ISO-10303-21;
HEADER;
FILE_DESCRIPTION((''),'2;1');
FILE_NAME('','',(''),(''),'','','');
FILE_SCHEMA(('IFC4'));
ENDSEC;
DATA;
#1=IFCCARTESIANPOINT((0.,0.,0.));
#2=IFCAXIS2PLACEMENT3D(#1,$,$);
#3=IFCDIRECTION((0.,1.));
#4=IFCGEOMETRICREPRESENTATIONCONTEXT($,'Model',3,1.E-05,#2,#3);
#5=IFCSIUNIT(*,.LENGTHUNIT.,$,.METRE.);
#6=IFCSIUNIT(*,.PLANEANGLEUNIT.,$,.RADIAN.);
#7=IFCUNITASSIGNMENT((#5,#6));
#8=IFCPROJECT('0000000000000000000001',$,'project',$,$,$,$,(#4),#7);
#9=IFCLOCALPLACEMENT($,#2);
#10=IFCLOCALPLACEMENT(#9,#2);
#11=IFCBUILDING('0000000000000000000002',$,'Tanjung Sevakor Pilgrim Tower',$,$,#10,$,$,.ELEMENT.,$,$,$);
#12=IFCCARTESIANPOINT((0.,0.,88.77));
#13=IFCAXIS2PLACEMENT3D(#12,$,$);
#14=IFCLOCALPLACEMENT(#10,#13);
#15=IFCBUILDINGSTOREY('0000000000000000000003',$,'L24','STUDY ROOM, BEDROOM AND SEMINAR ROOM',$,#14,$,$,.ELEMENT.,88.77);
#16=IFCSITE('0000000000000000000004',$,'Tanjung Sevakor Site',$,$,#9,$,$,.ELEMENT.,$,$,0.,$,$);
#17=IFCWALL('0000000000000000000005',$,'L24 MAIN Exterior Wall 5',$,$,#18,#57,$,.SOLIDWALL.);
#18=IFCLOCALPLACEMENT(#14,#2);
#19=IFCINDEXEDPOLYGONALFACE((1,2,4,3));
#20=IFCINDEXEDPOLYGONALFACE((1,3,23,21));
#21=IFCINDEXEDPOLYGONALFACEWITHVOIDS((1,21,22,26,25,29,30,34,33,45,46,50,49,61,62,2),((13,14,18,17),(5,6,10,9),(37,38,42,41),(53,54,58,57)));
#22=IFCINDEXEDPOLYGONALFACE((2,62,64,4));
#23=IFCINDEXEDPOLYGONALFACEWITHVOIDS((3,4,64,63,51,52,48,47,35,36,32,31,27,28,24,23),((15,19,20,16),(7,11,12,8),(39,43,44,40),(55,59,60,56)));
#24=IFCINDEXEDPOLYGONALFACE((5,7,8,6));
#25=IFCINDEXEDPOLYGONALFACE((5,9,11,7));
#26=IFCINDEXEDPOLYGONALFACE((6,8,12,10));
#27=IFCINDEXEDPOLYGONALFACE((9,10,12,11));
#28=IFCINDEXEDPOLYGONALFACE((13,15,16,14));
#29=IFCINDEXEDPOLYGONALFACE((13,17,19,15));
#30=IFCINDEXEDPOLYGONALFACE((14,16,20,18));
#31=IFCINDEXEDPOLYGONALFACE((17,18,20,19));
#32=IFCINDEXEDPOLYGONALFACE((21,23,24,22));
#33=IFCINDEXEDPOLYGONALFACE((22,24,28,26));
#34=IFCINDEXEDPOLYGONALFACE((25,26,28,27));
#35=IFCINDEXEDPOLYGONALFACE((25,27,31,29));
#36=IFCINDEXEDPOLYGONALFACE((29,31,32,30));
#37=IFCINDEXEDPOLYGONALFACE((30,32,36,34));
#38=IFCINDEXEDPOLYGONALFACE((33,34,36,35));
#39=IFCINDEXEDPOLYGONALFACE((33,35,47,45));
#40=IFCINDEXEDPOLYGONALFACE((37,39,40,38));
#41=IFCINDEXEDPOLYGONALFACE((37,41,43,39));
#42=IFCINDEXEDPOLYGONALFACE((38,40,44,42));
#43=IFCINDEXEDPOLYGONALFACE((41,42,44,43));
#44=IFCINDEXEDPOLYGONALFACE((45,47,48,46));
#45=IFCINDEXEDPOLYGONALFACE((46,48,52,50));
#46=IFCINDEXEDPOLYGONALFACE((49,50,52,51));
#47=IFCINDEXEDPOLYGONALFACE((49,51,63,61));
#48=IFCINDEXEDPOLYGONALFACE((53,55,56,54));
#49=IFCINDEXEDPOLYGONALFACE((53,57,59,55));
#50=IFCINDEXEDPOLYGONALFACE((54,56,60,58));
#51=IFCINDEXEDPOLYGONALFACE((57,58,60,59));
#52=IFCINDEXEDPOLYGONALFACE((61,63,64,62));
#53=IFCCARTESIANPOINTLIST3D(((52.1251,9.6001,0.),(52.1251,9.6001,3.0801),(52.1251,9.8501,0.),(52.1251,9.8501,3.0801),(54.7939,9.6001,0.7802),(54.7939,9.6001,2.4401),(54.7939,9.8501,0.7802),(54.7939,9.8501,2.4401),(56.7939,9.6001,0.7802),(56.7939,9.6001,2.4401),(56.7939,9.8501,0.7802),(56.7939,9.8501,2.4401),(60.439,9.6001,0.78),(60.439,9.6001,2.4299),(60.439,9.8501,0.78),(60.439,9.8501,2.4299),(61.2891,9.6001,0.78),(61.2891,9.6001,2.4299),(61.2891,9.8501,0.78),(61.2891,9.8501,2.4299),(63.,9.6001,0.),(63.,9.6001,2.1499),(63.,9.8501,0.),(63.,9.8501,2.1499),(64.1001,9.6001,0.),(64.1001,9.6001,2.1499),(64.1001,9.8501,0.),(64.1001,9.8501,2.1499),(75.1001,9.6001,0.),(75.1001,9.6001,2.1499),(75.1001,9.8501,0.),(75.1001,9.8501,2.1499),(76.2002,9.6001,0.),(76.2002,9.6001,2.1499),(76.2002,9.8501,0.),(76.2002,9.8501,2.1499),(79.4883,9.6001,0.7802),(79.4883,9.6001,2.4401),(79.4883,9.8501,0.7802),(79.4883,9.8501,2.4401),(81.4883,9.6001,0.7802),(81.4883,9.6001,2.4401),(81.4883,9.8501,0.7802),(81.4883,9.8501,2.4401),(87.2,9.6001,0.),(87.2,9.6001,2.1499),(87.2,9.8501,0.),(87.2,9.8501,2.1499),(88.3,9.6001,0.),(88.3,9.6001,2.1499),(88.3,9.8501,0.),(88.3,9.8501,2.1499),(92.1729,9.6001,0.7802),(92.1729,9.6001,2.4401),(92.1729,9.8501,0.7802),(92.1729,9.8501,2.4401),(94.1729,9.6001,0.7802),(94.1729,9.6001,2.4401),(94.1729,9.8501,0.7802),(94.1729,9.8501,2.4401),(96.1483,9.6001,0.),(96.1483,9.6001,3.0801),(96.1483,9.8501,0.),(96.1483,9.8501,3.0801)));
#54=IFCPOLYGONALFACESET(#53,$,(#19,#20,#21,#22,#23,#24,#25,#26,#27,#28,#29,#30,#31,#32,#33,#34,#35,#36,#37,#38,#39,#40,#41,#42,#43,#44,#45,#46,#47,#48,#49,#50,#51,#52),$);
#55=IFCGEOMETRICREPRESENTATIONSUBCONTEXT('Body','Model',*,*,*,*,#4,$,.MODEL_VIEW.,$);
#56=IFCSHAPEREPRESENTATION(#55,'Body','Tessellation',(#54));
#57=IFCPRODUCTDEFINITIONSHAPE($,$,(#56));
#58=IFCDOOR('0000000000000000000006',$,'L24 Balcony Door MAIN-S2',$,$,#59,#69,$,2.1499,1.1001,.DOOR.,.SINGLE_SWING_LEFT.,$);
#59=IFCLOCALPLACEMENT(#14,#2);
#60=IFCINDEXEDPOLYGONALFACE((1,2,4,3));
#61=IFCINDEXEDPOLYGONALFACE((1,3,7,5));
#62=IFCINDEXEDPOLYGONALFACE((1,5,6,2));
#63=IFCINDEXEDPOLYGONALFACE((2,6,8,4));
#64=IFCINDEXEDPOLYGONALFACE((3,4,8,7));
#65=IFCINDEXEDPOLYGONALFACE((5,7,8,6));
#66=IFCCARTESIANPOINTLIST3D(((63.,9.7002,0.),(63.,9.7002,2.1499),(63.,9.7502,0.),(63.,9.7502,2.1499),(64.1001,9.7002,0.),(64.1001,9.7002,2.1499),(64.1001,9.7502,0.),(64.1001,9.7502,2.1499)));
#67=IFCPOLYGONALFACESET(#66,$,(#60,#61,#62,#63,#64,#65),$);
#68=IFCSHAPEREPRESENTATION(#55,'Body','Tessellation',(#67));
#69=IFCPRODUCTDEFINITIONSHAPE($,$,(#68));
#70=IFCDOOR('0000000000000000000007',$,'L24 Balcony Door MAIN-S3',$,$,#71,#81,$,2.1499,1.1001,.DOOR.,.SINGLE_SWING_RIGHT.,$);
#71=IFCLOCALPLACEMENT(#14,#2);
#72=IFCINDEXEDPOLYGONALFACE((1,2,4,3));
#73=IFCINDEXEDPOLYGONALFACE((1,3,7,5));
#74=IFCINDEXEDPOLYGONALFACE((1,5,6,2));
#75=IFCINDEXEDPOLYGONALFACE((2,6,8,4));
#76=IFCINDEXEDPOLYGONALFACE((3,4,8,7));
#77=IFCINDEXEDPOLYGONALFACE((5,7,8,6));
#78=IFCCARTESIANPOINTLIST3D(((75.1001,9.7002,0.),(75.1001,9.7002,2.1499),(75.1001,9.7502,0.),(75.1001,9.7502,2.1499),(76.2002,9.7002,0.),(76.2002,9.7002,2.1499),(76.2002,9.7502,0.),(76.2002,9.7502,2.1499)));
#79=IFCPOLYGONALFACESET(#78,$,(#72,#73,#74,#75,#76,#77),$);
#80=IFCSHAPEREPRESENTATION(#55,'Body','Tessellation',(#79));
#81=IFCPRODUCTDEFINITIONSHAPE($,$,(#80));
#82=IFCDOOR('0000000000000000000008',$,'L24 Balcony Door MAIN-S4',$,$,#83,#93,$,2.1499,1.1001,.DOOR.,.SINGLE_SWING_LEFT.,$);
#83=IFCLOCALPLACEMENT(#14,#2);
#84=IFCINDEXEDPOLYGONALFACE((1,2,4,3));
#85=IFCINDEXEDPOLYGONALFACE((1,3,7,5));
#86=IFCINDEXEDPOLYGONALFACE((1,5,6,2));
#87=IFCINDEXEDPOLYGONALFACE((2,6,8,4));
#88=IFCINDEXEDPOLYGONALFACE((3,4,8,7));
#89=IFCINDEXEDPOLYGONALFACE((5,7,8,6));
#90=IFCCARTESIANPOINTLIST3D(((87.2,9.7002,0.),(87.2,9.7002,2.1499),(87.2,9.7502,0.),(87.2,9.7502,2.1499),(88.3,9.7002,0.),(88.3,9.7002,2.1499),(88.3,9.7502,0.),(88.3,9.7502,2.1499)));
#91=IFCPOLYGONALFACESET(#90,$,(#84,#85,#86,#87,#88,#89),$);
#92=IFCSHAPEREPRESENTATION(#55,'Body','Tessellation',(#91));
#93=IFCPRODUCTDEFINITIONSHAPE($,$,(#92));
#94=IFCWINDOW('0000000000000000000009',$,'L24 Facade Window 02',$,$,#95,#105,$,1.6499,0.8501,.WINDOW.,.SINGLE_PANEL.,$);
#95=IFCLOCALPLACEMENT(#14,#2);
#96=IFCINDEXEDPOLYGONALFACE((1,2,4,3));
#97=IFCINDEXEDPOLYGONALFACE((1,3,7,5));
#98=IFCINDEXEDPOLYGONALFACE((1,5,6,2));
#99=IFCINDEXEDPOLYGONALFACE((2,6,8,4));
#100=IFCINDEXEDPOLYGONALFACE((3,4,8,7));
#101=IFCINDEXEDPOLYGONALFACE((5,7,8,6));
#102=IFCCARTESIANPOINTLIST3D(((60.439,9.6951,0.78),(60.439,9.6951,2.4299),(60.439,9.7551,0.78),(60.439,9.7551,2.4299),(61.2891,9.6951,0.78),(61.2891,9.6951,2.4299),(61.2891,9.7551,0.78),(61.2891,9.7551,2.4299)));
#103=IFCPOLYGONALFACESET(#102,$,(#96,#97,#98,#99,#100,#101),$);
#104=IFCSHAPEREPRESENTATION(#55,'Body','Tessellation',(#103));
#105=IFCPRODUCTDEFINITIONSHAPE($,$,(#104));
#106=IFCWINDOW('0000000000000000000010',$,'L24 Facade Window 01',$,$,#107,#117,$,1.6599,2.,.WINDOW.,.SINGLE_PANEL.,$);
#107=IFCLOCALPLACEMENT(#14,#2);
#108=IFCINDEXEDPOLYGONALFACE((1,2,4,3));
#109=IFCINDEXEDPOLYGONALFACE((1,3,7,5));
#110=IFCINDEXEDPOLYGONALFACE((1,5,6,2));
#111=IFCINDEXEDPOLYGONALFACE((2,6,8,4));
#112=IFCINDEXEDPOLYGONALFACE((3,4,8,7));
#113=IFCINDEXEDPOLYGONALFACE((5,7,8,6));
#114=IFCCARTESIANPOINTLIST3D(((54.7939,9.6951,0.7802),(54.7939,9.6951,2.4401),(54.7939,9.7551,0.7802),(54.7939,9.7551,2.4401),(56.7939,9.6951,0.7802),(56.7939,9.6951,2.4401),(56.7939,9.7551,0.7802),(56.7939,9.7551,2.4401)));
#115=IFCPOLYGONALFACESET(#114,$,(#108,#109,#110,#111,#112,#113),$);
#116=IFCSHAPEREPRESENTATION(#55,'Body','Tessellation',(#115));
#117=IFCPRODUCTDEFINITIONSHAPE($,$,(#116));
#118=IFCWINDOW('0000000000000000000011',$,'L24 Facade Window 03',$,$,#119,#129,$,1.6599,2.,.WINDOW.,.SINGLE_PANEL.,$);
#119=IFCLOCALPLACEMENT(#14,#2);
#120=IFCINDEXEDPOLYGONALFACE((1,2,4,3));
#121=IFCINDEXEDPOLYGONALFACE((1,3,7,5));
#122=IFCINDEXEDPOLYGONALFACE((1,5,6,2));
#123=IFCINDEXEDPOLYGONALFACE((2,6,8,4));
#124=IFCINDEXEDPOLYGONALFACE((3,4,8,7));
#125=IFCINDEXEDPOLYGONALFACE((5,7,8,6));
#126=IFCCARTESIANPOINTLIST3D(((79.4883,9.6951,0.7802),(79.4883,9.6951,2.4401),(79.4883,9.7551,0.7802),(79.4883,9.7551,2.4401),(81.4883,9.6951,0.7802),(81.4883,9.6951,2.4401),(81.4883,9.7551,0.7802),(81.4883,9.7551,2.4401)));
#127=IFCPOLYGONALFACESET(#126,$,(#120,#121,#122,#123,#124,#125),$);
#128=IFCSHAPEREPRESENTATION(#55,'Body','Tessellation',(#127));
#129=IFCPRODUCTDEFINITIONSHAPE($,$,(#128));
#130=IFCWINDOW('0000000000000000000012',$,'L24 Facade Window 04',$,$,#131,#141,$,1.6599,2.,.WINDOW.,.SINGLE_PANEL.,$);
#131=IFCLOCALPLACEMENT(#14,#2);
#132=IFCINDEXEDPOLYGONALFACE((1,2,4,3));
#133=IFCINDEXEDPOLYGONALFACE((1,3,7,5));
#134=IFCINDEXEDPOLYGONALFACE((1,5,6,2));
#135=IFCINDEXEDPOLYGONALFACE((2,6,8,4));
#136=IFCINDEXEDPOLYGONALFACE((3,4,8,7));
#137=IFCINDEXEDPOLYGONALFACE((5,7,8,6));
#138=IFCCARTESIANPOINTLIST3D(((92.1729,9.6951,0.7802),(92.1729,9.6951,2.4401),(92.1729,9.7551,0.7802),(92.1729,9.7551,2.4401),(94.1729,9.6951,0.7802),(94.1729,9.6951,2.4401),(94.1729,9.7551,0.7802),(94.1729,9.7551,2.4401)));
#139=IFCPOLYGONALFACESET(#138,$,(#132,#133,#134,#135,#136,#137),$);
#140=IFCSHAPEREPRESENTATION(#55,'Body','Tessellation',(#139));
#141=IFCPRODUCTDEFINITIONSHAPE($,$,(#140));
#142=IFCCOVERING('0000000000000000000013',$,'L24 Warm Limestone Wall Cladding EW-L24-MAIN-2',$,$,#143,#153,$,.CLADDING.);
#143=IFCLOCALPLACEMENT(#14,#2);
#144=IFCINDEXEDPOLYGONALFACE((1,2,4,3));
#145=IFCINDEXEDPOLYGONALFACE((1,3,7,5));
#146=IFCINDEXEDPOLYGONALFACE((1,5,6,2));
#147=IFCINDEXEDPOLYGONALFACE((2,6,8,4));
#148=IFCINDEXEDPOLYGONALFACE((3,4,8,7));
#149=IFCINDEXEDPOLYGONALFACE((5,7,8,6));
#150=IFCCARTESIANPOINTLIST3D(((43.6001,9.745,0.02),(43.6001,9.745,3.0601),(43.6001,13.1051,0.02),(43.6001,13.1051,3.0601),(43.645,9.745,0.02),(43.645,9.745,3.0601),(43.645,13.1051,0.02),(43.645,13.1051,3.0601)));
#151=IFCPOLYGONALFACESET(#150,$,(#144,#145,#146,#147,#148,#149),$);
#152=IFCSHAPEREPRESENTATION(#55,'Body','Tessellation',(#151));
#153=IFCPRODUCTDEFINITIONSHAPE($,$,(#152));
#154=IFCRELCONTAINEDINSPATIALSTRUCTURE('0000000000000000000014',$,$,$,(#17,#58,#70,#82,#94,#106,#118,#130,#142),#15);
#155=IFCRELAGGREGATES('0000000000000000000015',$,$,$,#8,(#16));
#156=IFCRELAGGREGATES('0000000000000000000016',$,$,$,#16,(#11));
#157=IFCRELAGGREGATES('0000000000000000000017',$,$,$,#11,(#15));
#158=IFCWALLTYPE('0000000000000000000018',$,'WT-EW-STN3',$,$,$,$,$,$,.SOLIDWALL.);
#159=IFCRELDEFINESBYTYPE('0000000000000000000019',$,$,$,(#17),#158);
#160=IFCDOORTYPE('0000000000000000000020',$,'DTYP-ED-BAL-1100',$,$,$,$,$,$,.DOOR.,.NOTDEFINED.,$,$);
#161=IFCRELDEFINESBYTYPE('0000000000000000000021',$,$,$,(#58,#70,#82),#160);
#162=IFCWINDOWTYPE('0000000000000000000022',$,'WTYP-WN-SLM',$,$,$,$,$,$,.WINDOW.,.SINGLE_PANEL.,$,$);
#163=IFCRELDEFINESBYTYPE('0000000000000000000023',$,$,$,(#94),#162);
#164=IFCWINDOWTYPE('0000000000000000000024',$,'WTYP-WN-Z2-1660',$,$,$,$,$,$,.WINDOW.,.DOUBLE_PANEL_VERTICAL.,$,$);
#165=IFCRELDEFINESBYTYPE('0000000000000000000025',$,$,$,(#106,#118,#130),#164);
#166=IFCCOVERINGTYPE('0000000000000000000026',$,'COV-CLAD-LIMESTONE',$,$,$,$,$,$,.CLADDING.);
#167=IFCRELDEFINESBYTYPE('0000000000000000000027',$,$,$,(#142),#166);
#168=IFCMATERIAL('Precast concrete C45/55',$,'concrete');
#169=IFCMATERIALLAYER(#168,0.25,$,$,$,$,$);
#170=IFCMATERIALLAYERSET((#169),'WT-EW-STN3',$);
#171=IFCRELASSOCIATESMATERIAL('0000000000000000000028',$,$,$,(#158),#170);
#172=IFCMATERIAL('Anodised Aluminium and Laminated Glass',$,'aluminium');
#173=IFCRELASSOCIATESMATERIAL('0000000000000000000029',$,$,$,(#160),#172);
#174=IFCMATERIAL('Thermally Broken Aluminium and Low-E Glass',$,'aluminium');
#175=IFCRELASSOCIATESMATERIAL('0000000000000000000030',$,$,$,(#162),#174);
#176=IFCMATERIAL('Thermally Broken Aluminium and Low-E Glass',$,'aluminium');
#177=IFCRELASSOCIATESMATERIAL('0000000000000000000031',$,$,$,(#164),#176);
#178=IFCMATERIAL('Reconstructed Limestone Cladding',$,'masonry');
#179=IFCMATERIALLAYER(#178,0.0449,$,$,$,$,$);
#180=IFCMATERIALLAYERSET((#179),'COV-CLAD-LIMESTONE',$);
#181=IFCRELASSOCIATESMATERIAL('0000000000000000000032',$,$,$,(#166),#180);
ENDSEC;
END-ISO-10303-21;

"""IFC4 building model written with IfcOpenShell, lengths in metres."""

from ifc_helpers import new_model, si_unit, direction, frame, frame_2d, origin, origin_2d, place, context, subcontext, project, spatial, rectangle, extrude, material, layer, layer_set, type_object, element, fill, save


model = new_model("IFC4")

# Units and contexts
model_context = context("Model", 3, precision=1e-05, world=origin(), true_north=direction((0.0, 1.0)))
body_context = subcontext(model_context, "Body", "Model", "MODEL_VIEW")
ifc_project = project(units=[si_unit("LENGTHUNIT", "METRE"), si_unit("PLANEANGLEUNIT", "RADIAN")], contexts=[model_context])

# Site, building, storey
site_placement = place(None, origin())
site = spatial("IfcSite", under=ifc_project, at=site_placement, Name="Tanjung Sevakor Site", CompositionType="ELEMENT", RefElevation=0.0)
building_placement = place(site_placement, origin())
building = spatial("IfcBuilding", under=site, at=building_placement, Name="Tanjung Sevakor Pilgrim Tower", CompositionType="ELEMENT")
storey_placement = place(building_placement, frame((0.0, 0.0, 88.77)))
storey = spatial("IfcBuildingStorey", under=building, at=storey_placement, Name="L24", Description="STUDY ROOM, BEDROOM AND SEMINAR ROOM", CompositionType="ELEMENT", Elevation=88.77)

# Shared definitions
ifc_material_1 = material(Name="Precast concrete C45/55", Category="concrete")
ifc_layer_1 = layer(ifc_material_1, 0.25)
ifc_layer_set_1 = layer_set([ifc_layer_1], Name="WT-EW-STN3")
wall_type_1 = type_object("IfcWallType", Name="WT-EW-STN3", PredefinedType="SOLIDWALL", material=ifc_layer_set_1)

# Wall, openings, doors, windows
wall_1_placement = place(storey_placement, frame((52.125, 9.7251, 0.0), z_axis=(0.0, 0.0, 1.0), x_axis=(1.0, 0.0, 0.0)))
wall_1 = element("IfcWall", 1, at=wall_1_placement, inside=storey, type_object=wall_type_1, Name="L24 MAIN Exterior Wall 5", PredefinedType="SOLIDWALL", context=body_context, shape_type="SweptSolid", body=[
    extrude(rectangle(XDim=44.0232, YDim=0.25, at=frame_2d((22.0117, 0.0))), origin(), (0.0, 0.0, 1.0), 3.0801),
])
opening_1_placement = place(wall_1_placement, frame((10.875, 0.0, 0.0)))
opening_1 = element("IfcOpeningElement", 2, at=opening_1_placement, cuts=wall_1, PredefinedType="OPENING", context=body_context, shape_type="SweptSolid", body=[
    extrude(rectangle(XDim=1.1001, YDim=2.1499, at=frame_2d((0.55, 1.075))), frame((0.0, 0.135, 0.0), z_axis=(0.0, -1.0, 0.0), x_axis=(1.0, 0.0, 0.0)), (0.0, 0.0, 1.0), 0.27),
])
opening_2_placement = place(wall_1_placement, frame((22.9751, 0.0, 0.0)))
opening_2 = element("IfcOpeningElement", 3, at=opening_2_placement, cuts=wall_1, PredefinedType="OPENING", context=body_context, shape_type="SweptSolid", body=[
    extrude(rectangle(XDim=1.1001, YDim=2.1499, at=frame_2d((0.55, 1.075))), frame((0.0, 0.135, 0.0), z_axis=(0.0, -1.0, 0.0), x_axis=(1.0, 0.0, 0.0)), (0.0, 0.0, 1.0), 0.27),
])
opening_3_placement = place(wall_1_placement, frame((35.075, 0.0, 0.0)))
opening_3 = element("IfcOpeningElement", 4, at=opening_3_placement, cuts=wall_1, PredefinedType="OPENING", context=body_context, shape_type="SweptSolid", body=[
    extrude(rectangle(XDim=1.1001, YDim=2.1499, at=frame_2d((0.55, 1.075))), frame((0.0, 0.135, 0.0), z_axis=(0.0, -1.0, 0.0), x_axis=(1.0, 0.0, 0.0)), (0.0, 0.0, 1.0), 0.27),
])
opening_4_placement = place(wall_1_placement, frame((2.6689, 0.0, 0.78)))
opening_4 = element("IfcOpeningElement", 5, at=opening_4_placement, cuts=wall_1, PredefinedType="OPENING", context=body_context, shape_type="SweptSolid", body=[
    extrude(rectangle(XDim=2.0, YDim=1.6599, at=frame_2d((1.0, 0.8301))), frame((0.0, 0.135, 0.0), z_axis=(0.0, -1.0, 0.0), x_axis=(1.0, 0.0, 0.0)), (0.0, 0.0, 1.0), 0.27),
])
opening_5_placement = place(wall_1_placement, frame((8.314, 0.0, 0.78)))
opening_5 = element("IfcOpeningElement", 6, at=opening_5_placement, cuts=wall_1, PredefinedType="OPENING", context=body_context, shape_type="SweptSolid", body=[
    extrude(rectangle(XDim=0.8501, YDim=1.6499, at=frame_2d((0.425, 0.825))), frame((0.0, 0.135, 0.0), z_axis=(0.0, -1.0, 0.0), x_axis=(1.0, 0.0, 0.0)), (0.0, 0.0, 1.0), 0.27),
])
opening_6_placement = place(wall_1_placement, frame((27.3633, 0.0, 0.78)))
opening_6 = element("IfcOpeningElement", 7, at=opening_6_placement, cuts=wall_1, PredefinedType="OPENING", context=body_context, shape_type="SweptSolid", body=[
    extrude(rectangle(XDim=2.0, YDim=1.6599, at=frame_2d((1.0, 0.8301))), frame((0.0, 0.135, 0.0), z_axis=(0.0, -1.0, 0.0), x_axis=(1.0, 0.0, 0.0)), (0.0, 0.0, 1.0), 0.27),
])
opening_7_placement = place(wall_1_placement, frame((40.0479, 0.0, 0.78)))
opening_7 = element("IfcOpeningElement", 8, at=opening_7_placement, cuts=wall_1, PredefinedType="OPENING", context=body_context, shape_type="SweptSolid", body=[
    extrude(rectangle(XDim=2.0, YDim=1.6599, at=frame_2d((1.0, 0.8301))), frame((0.0, 0.135, 0.0), z_axis=(0.0, -1.0, 0.0), x_axis=(1.0, 0.0, 0.0)), (0.0, 0.0, 1.0), 0.27),
])
ifc_material_2 = material(Name="Anodised Aluminium and Laminated Glass", Category="aluminium")
door_type = type_object("IfcDoorType", Name="DTYP-ED-BAL-1100", OperationType="NOTDEFINED", PredefinedType="DOOR", material=ifc_material_2)
door_1_placement = place(opening_1_placement, frame((1.1001, 0.0, 0.0), z_axis=(0.0, 0.0, 1.0), x_axis=(-1.0, 0.0, 0.0)))
door_1 = element("IfcDoor", 9, at=door_1_placement, inside=storey, type_object=door_type, Name="L24 Balcony Door MAIN-S2", OperationType="SINGLE_SWING_LEFT", OverallHeight=2.1499, OverallWidth=1.1001, PredefinedType="DOOR", context=body_context, shape_type="SweptSolid", body=[
    extrude(rectangle(XDim=1.1001, YDim=2.1499, at=frame_2d((0.55, 1.075))), frame((0.0, 0.0249, 0.0), z_axis=(0.0, -1.0, 0.0), x_axis=(1.0, 0.0, 0.0)), (0.0, 0.0, 1.0), 0.05),
])
fill(opening_1, door_1)
door_2_placement = place(opening_2_placement, frame((1.1001, 0.0, 0.0), z_axis=(0.0, 0.0, 1.0), x_axis=(-1.0, 0.0, 0.0)))
door_2 = element("IfcDoor", 10, at=door_2_placement, inside=storey, type_object=door_type, Name="L24 Balcony Door MAIN-S3", OperationType="SINGLE_SWING_RIGHT", OverallHeight=2.1499, OverallWidth=1.1001, PredefinedType="DOOR", context=body_context, shape_type="SweptSolid", body=[
    extrude(rectangle(XDim=1.1001, YDim=2.1499, at=frame_2d((0.55, 1.075))), frame((0.0, 0.0249, 0.0), z_axis=(0.0, -1.0, 0.0), x_axis=(1.0, 0.0, 0.0)), (0.0, 0.0, 1.0), 0.05),
])
fill(opening_2, door_2)
door_3_placement = place(opening_3_placement, frame((1.1001, 0.0, 0.0), z_axis=(0.0, 0.0, 1.0), x_axis=(-1.0, 0.0, 0.0)))
door_3 = element("IfcDoor", 11, at=door_3_placement, inside=storey, type_object=door_type, Name="L24 Balcony Door MAIN-S4", OperationType="SINGLE_SWING_LEFT", OverallHeight=2.1499, OverallWidth=1.1001, PredefinedType="DOOR", context=body_context, shape_type="SweptSolid", body=[
    extrude(rectangle(XDim=1.1001, YDim=2.1499, at=frame_2d((0.55, 1.075))), frame((0.0, 0.0249, 0.0), z_axis=(0.0, -1.0, 0.0), x_axis=(1.0, 0.0, 0.0)), (0.0, 0.0, 1.0), 0.05),
])
fill(opening_3, door_3)
ifc_material_3 = material(Name="Thermally Broken Aluminium and Low-E Glass", Category="aluminium")
window_type_1 = type_object("IfcWindowType", Name="WTYP-WN-SLM", PartitioningType="SINGLE_PANEL", PredefinedType="WINDOW", material=ifc_material_3)
window_1_placement = place(opening_5_placement, origin())
window_1 = element("IfcWindow", 12, at=window_1_placement, inside=storey, type_object=window_type_1, Name="L24 Facade Window 02", OverallHeight=1.6499, OverallWidth=0.8501, PartitioningType="SINGLE_PANEL", PredefinedType="WINDOW", context=body_context, shape_type="SweptSolid", body=[
    extrude(rectangle(XDim=0.8501, YDim=1.6499, at=frame_2d((0.425, 0.825))), frame((0.0, 0.03, 0.0), z_axis=(0.0, -1.0, 0.0), x_axis=(1.0, 0.0, 0.0)), (0.0, 0.0, 1.0), 0.0601),
])
fill(opening_5, window_1)
ifc_material_4 = material(Name="Thermally Broken Aluminium and Low-E Glass", Category="aluminium")
window_type_2 = type_object("IfcWindowType", Name="WTYP-WN-Z2-1660", PartitioningType="DOUBLE_PANEL_VERTICAL", PredefinedType="WINDOW", material=ifc_material_4)
window_2_placement = place(opening_4_placement, origin())
window_2 = element("IfcWindow", 13, at=window_2_placement, inside=storey, type_object=window_type_2, Name="L24 Facade Window 01", OverallHeight=1.6599, OverallWidth=2.0, PartitioningType="SINGLE_PANEL", PredefinedType="WINDOW", context=body_context, shape_type="SweptSolid", body=[
    extrude(rectangle(XDim=2.0, YDim=1.6599, at=frame_2d((1.0, 0.8301))), frame((0.0, 0.03, 0.0), z_axis=(0.0, -1.0, 0.0), x_axis=(1.0, 0.0, 0.0)), (0.0, 0.0, 1.0), 0.0601),
])
fill(opening_4, window_2)
window_3_placement = place(opening_6_placement, origin())
window_3 = element("IfcWindow", 14, at=window_3_placement, inside=storey, type_object=window_type_2, Name="L24 Facade Window 03", OverallHeight=1.6599, OverallWidth=2.0, PartitioningType="SINGLE_PANEL", PredefinedType="WINDOW", context=body_context, shape_type="SweptSolid", body=[
    extrude(rectangle(XDim=2.0, YDim=1.6599, at=frame_2d((1.0, 0.8301))), frame((0.0, 0.03, 0.0), z_axis=(0.0, -1.0, 0.0), x_axis=(1.0, 0.0, 0.0)), (0.0, 0.0, 1.0), 0.0601),
])
fill(opening_6, window_3)
window_4_placement = place(opening_7_placement, origin())
window_4 = element("IfcWindow", 15, at=window_4_placement, inside=storey, type_object=window_type_2, Name="L24 Facade Window 04", OverallHeight=1.6599, OverallWidth=2.0, PartitioningType="SINGLE_PANEL", PredefinedType="WINDOW", context=body_context, shape_type="SweptSolid", body=[
    extrude(rectangle(XDim=2.0, YDim=1.6599, at=frame_2d((1.0, 0.8301))), frame((0.0, 0.03, 0.0), z_axis=(0.0, -1.0, 0.0), x_axis=(1.0, 0.0, 0.0)), (0.0, 0.0, 1.0), 0.0601),
])
fill(opening_7, window_4)

# Covering
ifc_material_5 = material(Name="Reconstructed Limestone Cladding", Category="masonry")
ifc_layer_2 = layer(ifc_material_5, 0.0449)
ifc_layer_set_2 = layer_set([ifc_layer_2], Name="COV-CLAD-LIMESTONE")
covering_type = type_object("IfcCoveringType", Name="COV-CLAD-LIMESTONE", PredefinedType="CLADDING", material=ifc_layer_set_2)
for number, where, z_axis, x_axis, name in (
    (16, (43.6226, 11.425, 0.02), (0.0, 0.0, 1.0), (0.0, 1.0, 0.0), "L24 Warm Limestone Wall Cladding EW-L24-MAIN-2"),
):
    element("IfcCovering", number, at=place(storey_placement, frame(where, z_axis=z_axis, x_axis=x_axis)), inside=storey, type_object=covering_type, Name=name, PredefinedType="CLADDING", context=body_context, shape_type="SweptSolid", body=[
        extrude(rectangle(XDim=3.3601, YDim=0.0449, at=origin_2d()), origin(), (0.0, 0.0, 1.0), 3.04),
    ])

save(model, "model.ifc")
